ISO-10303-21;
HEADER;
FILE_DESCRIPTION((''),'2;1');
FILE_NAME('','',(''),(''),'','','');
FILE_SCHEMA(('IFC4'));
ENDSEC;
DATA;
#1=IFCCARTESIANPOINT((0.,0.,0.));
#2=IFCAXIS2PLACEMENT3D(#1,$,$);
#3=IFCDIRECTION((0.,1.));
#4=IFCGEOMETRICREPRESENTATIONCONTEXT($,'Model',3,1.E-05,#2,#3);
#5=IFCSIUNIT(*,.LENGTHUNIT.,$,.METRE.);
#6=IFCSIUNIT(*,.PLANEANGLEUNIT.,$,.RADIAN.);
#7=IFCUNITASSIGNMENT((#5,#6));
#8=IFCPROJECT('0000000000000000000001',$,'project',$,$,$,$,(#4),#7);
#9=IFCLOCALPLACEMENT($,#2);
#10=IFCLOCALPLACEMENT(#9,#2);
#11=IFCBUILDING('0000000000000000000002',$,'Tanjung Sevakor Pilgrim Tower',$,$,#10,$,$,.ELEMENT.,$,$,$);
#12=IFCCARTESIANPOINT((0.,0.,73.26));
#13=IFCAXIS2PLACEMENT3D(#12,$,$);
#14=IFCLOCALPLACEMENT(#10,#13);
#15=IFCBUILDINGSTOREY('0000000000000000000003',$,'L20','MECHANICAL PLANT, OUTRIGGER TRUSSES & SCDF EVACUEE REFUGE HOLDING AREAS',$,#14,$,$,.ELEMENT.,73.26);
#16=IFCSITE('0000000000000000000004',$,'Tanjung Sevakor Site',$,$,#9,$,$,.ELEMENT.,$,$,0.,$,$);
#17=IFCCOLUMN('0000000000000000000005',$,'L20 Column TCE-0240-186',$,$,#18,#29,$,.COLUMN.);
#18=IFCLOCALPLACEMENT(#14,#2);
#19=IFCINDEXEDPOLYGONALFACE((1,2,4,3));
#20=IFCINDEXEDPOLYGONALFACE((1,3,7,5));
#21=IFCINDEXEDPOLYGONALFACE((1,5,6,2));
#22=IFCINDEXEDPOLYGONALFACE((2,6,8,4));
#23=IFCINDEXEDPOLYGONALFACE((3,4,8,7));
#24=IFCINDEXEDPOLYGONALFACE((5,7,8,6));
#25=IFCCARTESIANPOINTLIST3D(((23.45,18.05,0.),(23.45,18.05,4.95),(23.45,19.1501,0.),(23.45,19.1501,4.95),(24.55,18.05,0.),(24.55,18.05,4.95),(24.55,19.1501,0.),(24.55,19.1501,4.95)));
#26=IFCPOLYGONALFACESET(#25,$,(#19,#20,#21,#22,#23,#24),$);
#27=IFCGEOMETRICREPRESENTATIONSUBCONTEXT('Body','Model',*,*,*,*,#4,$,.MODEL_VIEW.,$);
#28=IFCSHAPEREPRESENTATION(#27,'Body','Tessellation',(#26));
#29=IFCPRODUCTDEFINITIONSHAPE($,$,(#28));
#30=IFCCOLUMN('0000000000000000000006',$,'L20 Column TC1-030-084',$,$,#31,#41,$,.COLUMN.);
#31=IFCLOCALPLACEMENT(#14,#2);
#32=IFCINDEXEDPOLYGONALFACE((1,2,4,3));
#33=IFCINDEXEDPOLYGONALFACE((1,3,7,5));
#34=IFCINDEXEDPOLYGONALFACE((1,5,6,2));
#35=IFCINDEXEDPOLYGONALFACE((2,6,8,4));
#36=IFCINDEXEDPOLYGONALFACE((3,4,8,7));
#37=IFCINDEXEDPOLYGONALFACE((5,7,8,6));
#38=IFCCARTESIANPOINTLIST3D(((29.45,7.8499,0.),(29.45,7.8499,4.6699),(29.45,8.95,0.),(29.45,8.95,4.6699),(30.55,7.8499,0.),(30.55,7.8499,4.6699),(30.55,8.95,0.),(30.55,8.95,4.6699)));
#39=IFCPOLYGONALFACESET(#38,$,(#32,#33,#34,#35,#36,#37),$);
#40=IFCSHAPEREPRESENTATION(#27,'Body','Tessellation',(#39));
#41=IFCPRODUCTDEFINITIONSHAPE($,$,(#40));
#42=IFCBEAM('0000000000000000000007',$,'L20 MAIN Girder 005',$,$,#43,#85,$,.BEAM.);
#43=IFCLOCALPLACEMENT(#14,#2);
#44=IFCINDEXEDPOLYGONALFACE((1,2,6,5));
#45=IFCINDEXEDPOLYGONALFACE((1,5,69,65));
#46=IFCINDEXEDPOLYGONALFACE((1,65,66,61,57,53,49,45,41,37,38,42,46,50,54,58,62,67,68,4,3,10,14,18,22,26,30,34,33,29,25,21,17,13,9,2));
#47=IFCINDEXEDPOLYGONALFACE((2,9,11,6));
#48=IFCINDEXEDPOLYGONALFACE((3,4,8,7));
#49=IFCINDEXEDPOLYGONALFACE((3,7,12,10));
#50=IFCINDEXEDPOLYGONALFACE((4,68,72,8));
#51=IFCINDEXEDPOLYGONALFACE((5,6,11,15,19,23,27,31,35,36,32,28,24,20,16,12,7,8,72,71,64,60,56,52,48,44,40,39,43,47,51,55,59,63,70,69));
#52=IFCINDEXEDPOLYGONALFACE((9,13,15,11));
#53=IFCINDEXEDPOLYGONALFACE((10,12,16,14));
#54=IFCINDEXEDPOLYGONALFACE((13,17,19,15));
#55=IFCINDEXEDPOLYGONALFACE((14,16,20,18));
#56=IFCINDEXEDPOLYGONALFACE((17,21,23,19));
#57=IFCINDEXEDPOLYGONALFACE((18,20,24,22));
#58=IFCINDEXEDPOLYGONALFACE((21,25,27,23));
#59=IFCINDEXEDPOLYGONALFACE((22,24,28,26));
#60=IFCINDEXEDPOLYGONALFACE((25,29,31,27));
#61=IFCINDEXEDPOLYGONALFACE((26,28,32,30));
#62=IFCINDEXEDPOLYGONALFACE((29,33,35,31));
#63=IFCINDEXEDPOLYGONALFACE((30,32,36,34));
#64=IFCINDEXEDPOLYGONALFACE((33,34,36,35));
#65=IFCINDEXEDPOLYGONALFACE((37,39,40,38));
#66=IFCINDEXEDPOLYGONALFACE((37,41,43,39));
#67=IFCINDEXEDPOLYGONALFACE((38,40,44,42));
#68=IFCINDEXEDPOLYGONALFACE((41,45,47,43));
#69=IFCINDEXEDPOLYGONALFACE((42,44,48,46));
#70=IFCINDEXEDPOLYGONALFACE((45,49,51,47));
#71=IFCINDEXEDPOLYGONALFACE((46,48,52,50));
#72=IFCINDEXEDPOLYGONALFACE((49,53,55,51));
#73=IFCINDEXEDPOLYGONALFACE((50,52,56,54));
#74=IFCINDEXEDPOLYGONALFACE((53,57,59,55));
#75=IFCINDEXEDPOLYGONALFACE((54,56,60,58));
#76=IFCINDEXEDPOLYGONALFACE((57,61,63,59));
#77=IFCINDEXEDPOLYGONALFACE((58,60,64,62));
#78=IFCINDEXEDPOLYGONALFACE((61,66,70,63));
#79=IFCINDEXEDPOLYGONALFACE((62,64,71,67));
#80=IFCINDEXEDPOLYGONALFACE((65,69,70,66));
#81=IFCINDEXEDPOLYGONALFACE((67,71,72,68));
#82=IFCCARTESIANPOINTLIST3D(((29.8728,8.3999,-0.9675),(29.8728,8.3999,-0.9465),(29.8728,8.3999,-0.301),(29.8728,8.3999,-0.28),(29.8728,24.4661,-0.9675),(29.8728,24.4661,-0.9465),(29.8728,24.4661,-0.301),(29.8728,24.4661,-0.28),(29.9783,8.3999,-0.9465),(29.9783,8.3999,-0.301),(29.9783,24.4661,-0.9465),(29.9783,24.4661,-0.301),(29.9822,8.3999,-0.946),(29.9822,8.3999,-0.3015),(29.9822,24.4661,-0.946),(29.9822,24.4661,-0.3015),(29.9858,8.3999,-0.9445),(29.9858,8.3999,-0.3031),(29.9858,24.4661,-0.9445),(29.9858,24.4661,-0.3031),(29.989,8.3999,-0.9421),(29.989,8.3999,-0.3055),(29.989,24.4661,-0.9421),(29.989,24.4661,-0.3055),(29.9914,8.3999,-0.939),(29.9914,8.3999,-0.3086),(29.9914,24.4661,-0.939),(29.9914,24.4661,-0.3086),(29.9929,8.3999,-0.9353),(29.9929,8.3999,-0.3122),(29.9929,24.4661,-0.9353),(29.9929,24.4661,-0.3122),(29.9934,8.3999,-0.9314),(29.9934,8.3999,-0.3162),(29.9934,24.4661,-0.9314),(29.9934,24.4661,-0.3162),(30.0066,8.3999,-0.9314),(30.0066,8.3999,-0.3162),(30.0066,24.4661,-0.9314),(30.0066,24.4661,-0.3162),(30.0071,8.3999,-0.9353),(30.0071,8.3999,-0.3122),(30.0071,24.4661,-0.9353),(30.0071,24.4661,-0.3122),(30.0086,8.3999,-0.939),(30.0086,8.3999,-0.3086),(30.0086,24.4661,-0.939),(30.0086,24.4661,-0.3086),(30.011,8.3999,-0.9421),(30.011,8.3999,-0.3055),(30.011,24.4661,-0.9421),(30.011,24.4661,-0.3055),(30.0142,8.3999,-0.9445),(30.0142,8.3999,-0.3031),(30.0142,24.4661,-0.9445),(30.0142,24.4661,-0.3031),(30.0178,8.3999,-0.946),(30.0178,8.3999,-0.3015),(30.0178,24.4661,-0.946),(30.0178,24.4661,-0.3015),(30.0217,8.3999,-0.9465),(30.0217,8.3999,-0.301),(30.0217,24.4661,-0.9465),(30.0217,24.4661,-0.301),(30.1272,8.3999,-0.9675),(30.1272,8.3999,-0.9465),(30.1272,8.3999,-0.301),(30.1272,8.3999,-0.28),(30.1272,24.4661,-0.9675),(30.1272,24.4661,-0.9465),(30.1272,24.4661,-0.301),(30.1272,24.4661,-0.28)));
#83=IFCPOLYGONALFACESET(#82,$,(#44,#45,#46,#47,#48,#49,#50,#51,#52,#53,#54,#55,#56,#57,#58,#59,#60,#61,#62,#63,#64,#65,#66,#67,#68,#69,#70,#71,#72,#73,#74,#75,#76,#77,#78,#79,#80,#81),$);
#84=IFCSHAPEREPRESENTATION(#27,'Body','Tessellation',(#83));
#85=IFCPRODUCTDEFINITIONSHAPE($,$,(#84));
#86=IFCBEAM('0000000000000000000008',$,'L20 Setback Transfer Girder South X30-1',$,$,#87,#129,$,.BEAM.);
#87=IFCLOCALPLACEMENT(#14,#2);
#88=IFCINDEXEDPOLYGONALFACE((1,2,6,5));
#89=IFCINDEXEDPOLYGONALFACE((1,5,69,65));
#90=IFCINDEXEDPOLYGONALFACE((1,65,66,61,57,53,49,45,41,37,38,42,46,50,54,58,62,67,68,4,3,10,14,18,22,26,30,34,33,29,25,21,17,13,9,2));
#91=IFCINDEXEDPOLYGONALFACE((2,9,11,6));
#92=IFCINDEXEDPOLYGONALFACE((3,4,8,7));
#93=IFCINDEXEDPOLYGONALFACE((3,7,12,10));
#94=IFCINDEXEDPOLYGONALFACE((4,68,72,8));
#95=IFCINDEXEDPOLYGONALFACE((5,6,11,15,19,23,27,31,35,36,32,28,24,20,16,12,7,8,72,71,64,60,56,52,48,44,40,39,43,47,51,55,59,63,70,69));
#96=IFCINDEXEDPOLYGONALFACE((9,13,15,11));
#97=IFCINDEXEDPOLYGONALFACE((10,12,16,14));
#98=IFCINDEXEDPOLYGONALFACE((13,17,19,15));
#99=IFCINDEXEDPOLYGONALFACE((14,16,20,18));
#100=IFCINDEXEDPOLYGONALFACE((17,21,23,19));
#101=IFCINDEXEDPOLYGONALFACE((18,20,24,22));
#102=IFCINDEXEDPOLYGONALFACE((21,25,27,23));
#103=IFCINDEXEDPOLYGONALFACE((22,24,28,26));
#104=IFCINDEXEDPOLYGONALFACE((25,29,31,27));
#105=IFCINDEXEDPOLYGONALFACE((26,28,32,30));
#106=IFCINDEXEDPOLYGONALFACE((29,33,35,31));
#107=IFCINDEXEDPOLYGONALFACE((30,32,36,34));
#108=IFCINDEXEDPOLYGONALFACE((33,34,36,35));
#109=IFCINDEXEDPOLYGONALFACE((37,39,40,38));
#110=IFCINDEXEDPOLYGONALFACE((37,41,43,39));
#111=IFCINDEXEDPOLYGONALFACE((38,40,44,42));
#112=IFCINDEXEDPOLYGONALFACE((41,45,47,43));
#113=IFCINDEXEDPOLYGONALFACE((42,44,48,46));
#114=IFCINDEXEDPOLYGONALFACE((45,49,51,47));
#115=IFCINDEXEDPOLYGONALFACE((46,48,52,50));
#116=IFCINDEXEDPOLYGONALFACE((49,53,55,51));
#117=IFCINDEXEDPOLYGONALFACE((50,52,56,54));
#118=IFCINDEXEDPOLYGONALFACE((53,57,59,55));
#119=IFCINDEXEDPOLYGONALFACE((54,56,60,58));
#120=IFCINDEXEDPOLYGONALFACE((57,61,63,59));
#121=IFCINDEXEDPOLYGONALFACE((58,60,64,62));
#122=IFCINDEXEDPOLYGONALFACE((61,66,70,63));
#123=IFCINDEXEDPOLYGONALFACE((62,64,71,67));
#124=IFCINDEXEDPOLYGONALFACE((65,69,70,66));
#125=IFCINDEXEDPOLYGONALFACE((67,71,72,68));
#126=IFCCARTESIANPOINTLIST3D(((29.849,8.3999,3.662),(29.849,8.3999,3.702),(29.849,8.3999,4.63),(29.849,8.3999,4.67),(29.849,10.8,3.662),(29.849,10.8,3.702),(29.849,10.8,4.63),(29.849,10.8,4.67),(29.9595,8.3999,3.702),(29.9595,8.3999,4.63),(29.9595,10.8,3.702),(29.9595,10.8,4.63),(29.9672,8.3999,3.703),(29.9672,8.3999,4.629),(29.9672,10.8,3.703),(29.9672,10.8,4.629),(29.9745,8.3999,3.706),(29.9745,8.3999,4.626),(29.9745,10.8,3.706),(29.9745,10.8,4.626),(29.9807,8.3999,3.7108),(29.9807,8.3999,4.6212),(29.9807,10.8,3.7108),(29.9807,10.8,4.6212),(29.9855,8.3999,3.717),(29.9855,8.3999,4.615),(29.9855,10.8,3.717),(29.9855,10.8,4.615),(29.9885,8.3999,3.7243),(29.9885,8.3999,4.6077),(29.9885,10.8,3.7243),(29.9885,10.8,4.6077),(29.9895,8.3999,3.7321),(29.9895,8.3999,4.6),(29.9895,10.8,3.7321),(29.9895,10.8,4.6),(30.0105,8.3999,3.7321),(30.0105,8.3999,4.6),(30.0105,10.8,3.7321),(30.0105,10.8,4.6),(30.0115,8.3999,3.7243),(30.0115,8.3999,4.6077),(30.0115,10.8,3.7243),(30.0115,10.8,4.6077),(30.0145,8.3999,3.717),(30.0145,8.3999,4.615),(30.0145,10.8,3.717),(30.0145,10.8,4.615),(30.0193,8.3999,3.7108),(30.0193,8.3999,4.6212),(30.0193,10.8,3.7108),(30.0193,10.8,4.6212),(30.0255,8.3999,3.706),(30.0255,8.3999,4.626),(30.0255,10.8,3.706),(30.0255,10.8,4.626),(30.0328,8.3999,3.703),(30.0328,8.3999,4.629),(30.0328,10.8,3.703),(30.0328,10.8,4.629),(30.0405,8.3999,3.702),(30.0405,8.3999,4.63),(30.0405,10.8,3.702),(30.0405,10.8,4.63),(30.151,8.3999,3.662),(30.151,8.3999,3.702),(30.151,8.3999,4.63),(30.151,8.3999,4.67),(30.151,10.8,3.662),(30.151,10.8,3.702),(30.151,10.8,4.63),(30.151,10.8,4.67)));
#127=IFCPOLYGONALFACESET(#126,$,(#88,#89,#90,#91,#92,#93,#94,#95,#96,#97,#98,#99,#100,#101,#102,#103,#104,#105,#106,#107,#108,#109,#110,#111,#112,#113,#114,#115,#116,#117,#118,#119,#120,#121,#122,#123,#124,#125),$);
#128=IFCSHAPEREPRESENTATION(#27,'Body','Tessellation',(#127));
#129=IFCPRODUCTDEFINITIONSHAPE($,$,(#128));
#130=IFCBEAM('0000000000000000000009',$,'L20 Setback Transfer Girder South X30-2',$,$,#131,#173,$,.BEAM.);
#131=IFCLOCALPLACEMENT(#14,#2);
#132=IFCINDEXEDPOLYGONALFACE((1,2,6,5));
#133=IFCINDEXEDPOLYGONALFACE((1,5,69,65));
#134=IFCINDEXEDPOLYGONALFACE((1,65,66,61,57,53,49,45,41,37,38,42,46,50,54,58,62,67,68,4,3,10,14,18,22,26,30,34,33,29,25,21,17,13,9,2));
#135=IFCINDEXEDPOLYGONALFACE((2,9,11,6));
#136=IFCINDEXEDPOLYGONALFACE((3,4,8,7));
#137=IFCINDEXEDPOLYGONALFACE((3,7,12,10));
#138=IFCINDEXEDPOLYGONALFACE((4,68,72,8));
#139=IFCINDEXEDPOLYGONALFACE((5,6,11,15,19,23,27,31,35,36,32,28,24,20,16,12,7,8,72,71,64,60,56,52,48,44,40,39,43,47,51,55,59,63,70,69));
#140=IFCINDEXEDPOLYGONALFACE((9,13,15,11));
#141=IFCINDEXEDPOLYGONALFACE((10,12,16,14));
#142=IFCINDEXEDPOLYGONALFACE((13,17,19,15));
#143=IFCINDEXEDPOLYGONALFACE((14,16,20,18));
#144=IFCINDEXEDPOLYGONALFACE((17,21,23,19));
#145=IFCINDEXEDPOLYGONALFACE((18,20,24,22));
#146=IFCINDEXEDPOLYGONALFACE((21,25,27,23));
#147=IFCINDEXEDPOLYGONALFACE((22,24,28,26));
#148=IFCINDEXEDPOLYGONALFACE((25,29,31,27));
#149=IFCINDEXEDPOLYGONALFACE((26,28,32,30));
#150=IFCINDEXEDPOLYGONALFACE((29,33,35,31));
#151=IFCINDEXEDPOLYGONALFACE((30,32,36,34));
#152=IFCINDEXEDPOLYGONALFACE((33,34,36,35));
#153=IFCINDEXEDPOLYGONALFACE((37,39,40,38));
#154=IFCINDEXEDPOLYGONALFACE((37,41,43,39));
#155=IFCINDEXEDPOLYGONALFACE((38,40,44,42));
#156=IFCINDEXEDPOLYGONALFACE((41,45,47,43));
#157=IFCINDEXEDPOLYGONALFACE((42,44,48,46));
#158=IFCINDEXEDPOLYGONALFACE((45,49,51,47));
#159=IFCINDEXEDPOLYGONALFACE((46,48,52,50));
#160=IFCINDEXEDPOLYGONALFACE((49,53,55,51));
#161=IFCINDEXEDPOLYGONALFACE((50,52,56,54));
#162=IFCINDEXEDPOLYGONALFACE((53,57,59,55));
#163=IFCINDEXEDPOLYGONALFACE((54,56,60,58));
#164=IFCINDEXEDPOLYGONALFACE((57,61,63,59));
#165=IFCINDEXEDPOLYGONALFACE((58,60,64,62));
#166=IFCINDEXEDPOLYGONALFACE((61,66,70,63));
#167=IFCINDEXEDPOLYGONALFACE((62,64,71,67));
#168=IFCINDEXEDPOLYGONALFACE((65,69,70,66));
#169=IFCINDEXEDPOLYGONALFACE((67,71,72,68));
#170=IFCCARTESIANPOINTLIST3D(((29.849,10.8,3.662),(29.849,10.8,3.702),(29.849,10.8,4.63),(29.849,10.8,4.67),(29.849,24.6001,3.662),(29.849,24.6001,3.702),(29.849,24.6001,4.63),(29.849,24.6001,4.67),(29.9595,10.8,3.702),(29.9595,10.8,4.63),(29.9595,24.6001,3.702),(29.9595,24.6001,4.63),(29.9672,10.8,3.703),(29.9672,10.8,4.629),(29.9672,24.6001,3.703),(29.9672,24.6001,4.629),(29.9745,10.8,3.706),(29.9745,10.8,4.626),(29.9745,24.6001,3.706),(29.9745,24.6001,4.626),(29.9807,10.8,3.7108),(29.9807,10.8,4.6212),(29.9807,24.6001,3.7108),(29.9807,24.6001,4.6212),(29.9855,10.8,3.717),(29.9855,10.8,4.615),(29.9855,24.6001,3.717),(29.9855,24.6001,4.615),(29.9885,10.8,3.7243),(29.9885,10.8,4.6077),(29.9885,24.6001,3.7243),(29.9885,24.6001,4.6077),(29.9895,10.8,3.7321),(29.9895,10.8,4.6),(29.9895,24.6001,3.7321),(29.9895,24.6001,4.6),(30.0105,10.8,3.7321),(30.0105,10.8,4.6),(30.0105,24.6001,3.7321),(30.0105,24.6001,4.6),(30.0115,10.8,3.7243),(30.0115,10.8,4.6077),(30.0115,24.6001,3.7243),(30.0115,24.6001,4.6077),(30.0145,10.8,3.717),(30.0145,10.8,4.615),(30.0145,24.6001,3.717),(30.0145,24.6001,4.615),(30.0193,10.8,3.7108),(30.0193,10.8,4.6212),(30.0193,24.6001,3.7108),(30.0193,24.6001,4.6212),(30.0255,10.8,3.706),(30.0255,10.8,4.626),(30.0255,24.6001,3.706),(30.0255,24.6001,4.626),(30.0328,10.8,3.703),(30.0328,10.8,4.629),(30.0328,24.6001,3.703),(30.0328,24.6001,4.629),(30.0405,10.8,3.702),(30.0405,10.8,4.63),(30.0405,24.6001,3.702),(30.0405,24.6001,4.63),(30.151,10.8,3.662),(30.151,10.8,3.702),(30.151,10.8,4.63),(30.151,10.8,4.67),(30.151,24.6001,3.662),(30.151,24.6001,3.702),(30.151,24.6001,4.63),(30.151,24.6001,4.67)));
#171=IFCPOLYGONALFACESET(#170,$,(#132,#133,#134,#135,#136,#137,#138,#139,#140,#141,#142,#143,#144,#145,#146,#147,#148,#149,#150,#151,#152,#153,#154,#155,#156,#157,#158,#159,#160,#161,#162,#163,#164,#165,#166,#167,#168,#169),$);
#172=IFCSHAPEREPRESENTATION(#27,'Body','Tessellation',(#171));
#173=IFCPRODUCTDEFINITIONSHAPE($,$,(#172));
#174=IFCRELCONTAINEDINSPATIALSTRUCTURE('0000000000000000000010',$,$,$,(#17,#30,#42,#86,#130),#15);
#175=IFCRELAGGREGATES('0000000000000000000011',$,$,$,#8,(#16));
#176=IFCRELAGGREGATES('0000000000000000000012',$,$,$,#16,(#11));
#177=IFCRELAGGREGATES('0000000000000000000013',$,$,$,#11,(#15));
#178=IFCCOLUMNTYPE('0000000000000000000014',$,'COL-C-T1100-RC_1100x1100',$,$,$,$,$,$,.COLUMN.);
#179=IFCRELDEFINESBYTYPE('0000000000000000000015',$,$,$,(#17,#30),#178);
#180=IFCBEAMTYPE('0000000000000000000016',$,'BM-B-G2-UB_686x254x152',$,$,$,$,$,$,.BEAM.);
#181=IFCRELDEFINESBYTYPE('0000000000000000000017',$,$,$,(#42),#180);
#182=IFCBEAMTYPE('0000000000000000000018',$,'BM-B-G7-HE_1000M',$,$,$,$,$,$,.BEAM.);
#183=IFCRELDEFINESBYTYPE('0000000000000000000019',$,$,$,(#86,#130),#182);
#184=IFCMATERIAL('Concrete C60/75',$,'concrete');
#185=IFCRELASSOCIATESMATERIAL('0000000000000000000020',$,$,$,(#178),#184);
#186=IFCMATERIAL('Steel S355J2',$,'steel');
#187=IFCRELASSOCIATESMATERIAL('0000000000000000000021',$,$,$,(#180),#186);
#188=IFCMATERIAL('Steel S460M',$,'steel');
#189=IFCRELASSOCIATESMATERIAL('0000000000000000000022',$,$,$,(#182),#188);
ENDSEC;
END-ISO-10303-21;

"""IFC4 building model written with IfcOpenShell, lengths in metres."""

from ifc_helpers import new_model, si_unit, direction, frame, origin, origin_2d, place, context, subcontext, project, spatial, rectangle, i_section, extrude, material, material_profile, profile_set, type_object, element, save


model = new_model("IFC4")

# Units and contexts
model_context = context("Model", 3, precision=1e-05, world=origin(), true_north=direction((0.0, 1.0)))
body_context = subcontext(model_context, "Body", "Model", "MODEL_VIEW")
ifc_project = project(units=[si_unit("LENGTHUNIT", "METRE"), si_unit("PLANEANGLEUNIT", "RADIAN")], contexts=[model_context])

# Site, building, storey
site_placement = place(None, origin())
site = spatial("IfcSite", under=ifc_project, at=site_placement, Name="Tanjung Sevakor Site", CompositionType="ELEMENT", RefElevation=0.0)
building_placement = place(site_placement, origin())
building = spatial("IfcBuilding", under=site, at=building_placement, Name="Tanjung Sevakor Pilgrim Tower", CompositionType="ELEMENT")
storey_placement = place(building_placement, frame((0.0, 0.0, 73.26)))
storey = spatial("IfcBuildingStorey", under=building, at=storey_placement, Name="L20", Description="MECHANICAL PLANT, OUTRIGGER TRUSSES & SCDF EVACUEE REFUGE HOLDING AREAS", CompositionType="ELEMENT", Elevation=73.26)

# Columns
ifc_material_1 = material(Name="Concrete C60/75", Category="concrete")
ifc_material_profile_1 = material_profile(ifc_material_1, rectangle(XDim=1.1001, YDim=1.1001, at=origin_2d()))
ifc_profile_set_1 = profile_set([ifc_material_profile_1], Name="Concrete C60/75")
column_type = type_object("IfcColumnType", Name="COL-C-T1100-RC_1100x1100", PredefinedType="COLUMN", material=ifc_profile_set_1)
column_1_placement = place(storey_placement, frame((24.0, 18.6001, 0.0), z_axis=(0.0, 0.0, 1.0), x_axis=(1.0, 0.0, 0.0)))
element("IfcColumn", 1, at=column_1_placement, inside=storey, type_object=column_type, Name="L20 Column TCE-0240-186", PredefinedType="COLUMN", context=body_context, shape_type="SweptSolid", body=[
    extrude(rectangle(XDim=1.1001, YDim=1.1001, at=origin_2d()), origin(), (0.0, 0.0, 1.0), 4.95),
])
column_2_placement = place(storey_placement, frame((30.0, 8.3999, 0.0), z_axis=(0.0, 0.0, 1.0), x_axis=(1.0, 0.0, 0.0)))
element("IfcColumn", 2, at=column_2_placement, inside=storey, type_object=column_type, Name="L20 Column TC1-030-084", PredefinedType="COLUMN", context=body_context, shape_type="SweptSolid", body=[
    extrude(rectangle(XDim=1.1001, YDim=1.1001, at=origin_2d()), origin(), (0.0, 0.0, 1.0), 4.6699),
])

# Beams
ifc_material_2 = material(Name="Steel S355J2", Category="steel")
ifc_material_profile_2 = material_profile(ifc_material_2, i_section(OverallWidth=0.2544, OverallDepth=0.6875, WebThickness=0.0132, FlangeThickness=0.021, FilletRadius=0.0151, at=origin_2d()))
ifc_profile_set_2 = profile_set([ifc_material_profile_2], Name="Steel S355J2")
beam_type_1 = type_object("IfcBeamType", Name="BM-B-G2-UB_686x254x152", PredefinedType="BEAM", material=ifc_profile_set_2)
beam_1_placement = place(storey_placement, frame((30.0, 8.3999, -0.6238), z_axis=(0.0, 1.0, 0.0), x_axis=(-1.0, 0.0, 0.0)))
element("IfcBeam", 3, at=beam_1_placement, inside=storey, type_object=beam_type_1, Name="L20 MAIN Girder 005", PredefinedType="BEAM", context=body_context, shape_type="SweptSolid", body=[
    extrude(i_section(OverallWidth=0.2544, OverallDepth=0.6875, WebThickness=0.0132, FlangeThickness=0.021, FilletRadius=0.0151, at=origin_2d()), origin(), (0.0, 0.0, 1.0), 16.0662),
])
ifc_material_3 = material(Name="Steel S460M", Category="steel")
ifc_material_profile_3 = material_profile(ifc_material_3, i_section(OverallWidth=0.302, OverallDepth=1.0081, WebThickness=0.021, FlangeThickness=0.04, FilletRadius=0.03, at=origin_2d()))
ifc_profile_set_3 = profile_set([ifc_material_profile_3], Name="Steel S460M")
beam_type_2 = type_object("IfcBeamType", Name="BM-B-G7-HE_1000M", PredefinedType="BEAM", material=ifc_profile_set_3)
beam_2_placement = place(storey_placement, frame((30.0, 8.3999, 4.166), z_axis=(0.0, 1.0, 0.0), x_axis=(-1.0, 0.0, 0.0)))
element("IfcBeam", 4, at=beam_2_placement, inside=storey, type_object=beam_type_2, Name="L20 Setback Transfer Girder South X30-1", PredefinedType="BEAM", context=body_context, shape_type="SweptSolid", body=[
    extrude(i_section(OverallWidth=0.302, OverallDepth=1.0081, WebThickness=0.021, FlangeThickness=0.04, FilletRadius=0.03, at=origin_2d()), origin(), (0.0, 0.0, 1.0), 2.4001),
])
beam_3_placement = place(storey_placement, frame((30.0, 10.8, 4.166), z_axis=(0.0, 1.0, 0.0), x_axis=(-1.0, 0.0, 0.0)))
element("IfcBeam", 5, at=beam_3_placement, inside=storey, type_object=beam_type_2, Name="L20 Setback Transfer Girder South X30-2", PredefinedType="BEAM", context=body_context, shape_type="SweptSolid", body=[
    extrude(i_section(OverallWidth=0.302, OverallDepth=1.0081, WebThickness=0.021, FlangeThickness=0.04, FilletRadius=0.03, at=origin_2d()), origin(), (0.0, 0.0, 1.0), 13.8),
])

save(model, "model.ifc")
